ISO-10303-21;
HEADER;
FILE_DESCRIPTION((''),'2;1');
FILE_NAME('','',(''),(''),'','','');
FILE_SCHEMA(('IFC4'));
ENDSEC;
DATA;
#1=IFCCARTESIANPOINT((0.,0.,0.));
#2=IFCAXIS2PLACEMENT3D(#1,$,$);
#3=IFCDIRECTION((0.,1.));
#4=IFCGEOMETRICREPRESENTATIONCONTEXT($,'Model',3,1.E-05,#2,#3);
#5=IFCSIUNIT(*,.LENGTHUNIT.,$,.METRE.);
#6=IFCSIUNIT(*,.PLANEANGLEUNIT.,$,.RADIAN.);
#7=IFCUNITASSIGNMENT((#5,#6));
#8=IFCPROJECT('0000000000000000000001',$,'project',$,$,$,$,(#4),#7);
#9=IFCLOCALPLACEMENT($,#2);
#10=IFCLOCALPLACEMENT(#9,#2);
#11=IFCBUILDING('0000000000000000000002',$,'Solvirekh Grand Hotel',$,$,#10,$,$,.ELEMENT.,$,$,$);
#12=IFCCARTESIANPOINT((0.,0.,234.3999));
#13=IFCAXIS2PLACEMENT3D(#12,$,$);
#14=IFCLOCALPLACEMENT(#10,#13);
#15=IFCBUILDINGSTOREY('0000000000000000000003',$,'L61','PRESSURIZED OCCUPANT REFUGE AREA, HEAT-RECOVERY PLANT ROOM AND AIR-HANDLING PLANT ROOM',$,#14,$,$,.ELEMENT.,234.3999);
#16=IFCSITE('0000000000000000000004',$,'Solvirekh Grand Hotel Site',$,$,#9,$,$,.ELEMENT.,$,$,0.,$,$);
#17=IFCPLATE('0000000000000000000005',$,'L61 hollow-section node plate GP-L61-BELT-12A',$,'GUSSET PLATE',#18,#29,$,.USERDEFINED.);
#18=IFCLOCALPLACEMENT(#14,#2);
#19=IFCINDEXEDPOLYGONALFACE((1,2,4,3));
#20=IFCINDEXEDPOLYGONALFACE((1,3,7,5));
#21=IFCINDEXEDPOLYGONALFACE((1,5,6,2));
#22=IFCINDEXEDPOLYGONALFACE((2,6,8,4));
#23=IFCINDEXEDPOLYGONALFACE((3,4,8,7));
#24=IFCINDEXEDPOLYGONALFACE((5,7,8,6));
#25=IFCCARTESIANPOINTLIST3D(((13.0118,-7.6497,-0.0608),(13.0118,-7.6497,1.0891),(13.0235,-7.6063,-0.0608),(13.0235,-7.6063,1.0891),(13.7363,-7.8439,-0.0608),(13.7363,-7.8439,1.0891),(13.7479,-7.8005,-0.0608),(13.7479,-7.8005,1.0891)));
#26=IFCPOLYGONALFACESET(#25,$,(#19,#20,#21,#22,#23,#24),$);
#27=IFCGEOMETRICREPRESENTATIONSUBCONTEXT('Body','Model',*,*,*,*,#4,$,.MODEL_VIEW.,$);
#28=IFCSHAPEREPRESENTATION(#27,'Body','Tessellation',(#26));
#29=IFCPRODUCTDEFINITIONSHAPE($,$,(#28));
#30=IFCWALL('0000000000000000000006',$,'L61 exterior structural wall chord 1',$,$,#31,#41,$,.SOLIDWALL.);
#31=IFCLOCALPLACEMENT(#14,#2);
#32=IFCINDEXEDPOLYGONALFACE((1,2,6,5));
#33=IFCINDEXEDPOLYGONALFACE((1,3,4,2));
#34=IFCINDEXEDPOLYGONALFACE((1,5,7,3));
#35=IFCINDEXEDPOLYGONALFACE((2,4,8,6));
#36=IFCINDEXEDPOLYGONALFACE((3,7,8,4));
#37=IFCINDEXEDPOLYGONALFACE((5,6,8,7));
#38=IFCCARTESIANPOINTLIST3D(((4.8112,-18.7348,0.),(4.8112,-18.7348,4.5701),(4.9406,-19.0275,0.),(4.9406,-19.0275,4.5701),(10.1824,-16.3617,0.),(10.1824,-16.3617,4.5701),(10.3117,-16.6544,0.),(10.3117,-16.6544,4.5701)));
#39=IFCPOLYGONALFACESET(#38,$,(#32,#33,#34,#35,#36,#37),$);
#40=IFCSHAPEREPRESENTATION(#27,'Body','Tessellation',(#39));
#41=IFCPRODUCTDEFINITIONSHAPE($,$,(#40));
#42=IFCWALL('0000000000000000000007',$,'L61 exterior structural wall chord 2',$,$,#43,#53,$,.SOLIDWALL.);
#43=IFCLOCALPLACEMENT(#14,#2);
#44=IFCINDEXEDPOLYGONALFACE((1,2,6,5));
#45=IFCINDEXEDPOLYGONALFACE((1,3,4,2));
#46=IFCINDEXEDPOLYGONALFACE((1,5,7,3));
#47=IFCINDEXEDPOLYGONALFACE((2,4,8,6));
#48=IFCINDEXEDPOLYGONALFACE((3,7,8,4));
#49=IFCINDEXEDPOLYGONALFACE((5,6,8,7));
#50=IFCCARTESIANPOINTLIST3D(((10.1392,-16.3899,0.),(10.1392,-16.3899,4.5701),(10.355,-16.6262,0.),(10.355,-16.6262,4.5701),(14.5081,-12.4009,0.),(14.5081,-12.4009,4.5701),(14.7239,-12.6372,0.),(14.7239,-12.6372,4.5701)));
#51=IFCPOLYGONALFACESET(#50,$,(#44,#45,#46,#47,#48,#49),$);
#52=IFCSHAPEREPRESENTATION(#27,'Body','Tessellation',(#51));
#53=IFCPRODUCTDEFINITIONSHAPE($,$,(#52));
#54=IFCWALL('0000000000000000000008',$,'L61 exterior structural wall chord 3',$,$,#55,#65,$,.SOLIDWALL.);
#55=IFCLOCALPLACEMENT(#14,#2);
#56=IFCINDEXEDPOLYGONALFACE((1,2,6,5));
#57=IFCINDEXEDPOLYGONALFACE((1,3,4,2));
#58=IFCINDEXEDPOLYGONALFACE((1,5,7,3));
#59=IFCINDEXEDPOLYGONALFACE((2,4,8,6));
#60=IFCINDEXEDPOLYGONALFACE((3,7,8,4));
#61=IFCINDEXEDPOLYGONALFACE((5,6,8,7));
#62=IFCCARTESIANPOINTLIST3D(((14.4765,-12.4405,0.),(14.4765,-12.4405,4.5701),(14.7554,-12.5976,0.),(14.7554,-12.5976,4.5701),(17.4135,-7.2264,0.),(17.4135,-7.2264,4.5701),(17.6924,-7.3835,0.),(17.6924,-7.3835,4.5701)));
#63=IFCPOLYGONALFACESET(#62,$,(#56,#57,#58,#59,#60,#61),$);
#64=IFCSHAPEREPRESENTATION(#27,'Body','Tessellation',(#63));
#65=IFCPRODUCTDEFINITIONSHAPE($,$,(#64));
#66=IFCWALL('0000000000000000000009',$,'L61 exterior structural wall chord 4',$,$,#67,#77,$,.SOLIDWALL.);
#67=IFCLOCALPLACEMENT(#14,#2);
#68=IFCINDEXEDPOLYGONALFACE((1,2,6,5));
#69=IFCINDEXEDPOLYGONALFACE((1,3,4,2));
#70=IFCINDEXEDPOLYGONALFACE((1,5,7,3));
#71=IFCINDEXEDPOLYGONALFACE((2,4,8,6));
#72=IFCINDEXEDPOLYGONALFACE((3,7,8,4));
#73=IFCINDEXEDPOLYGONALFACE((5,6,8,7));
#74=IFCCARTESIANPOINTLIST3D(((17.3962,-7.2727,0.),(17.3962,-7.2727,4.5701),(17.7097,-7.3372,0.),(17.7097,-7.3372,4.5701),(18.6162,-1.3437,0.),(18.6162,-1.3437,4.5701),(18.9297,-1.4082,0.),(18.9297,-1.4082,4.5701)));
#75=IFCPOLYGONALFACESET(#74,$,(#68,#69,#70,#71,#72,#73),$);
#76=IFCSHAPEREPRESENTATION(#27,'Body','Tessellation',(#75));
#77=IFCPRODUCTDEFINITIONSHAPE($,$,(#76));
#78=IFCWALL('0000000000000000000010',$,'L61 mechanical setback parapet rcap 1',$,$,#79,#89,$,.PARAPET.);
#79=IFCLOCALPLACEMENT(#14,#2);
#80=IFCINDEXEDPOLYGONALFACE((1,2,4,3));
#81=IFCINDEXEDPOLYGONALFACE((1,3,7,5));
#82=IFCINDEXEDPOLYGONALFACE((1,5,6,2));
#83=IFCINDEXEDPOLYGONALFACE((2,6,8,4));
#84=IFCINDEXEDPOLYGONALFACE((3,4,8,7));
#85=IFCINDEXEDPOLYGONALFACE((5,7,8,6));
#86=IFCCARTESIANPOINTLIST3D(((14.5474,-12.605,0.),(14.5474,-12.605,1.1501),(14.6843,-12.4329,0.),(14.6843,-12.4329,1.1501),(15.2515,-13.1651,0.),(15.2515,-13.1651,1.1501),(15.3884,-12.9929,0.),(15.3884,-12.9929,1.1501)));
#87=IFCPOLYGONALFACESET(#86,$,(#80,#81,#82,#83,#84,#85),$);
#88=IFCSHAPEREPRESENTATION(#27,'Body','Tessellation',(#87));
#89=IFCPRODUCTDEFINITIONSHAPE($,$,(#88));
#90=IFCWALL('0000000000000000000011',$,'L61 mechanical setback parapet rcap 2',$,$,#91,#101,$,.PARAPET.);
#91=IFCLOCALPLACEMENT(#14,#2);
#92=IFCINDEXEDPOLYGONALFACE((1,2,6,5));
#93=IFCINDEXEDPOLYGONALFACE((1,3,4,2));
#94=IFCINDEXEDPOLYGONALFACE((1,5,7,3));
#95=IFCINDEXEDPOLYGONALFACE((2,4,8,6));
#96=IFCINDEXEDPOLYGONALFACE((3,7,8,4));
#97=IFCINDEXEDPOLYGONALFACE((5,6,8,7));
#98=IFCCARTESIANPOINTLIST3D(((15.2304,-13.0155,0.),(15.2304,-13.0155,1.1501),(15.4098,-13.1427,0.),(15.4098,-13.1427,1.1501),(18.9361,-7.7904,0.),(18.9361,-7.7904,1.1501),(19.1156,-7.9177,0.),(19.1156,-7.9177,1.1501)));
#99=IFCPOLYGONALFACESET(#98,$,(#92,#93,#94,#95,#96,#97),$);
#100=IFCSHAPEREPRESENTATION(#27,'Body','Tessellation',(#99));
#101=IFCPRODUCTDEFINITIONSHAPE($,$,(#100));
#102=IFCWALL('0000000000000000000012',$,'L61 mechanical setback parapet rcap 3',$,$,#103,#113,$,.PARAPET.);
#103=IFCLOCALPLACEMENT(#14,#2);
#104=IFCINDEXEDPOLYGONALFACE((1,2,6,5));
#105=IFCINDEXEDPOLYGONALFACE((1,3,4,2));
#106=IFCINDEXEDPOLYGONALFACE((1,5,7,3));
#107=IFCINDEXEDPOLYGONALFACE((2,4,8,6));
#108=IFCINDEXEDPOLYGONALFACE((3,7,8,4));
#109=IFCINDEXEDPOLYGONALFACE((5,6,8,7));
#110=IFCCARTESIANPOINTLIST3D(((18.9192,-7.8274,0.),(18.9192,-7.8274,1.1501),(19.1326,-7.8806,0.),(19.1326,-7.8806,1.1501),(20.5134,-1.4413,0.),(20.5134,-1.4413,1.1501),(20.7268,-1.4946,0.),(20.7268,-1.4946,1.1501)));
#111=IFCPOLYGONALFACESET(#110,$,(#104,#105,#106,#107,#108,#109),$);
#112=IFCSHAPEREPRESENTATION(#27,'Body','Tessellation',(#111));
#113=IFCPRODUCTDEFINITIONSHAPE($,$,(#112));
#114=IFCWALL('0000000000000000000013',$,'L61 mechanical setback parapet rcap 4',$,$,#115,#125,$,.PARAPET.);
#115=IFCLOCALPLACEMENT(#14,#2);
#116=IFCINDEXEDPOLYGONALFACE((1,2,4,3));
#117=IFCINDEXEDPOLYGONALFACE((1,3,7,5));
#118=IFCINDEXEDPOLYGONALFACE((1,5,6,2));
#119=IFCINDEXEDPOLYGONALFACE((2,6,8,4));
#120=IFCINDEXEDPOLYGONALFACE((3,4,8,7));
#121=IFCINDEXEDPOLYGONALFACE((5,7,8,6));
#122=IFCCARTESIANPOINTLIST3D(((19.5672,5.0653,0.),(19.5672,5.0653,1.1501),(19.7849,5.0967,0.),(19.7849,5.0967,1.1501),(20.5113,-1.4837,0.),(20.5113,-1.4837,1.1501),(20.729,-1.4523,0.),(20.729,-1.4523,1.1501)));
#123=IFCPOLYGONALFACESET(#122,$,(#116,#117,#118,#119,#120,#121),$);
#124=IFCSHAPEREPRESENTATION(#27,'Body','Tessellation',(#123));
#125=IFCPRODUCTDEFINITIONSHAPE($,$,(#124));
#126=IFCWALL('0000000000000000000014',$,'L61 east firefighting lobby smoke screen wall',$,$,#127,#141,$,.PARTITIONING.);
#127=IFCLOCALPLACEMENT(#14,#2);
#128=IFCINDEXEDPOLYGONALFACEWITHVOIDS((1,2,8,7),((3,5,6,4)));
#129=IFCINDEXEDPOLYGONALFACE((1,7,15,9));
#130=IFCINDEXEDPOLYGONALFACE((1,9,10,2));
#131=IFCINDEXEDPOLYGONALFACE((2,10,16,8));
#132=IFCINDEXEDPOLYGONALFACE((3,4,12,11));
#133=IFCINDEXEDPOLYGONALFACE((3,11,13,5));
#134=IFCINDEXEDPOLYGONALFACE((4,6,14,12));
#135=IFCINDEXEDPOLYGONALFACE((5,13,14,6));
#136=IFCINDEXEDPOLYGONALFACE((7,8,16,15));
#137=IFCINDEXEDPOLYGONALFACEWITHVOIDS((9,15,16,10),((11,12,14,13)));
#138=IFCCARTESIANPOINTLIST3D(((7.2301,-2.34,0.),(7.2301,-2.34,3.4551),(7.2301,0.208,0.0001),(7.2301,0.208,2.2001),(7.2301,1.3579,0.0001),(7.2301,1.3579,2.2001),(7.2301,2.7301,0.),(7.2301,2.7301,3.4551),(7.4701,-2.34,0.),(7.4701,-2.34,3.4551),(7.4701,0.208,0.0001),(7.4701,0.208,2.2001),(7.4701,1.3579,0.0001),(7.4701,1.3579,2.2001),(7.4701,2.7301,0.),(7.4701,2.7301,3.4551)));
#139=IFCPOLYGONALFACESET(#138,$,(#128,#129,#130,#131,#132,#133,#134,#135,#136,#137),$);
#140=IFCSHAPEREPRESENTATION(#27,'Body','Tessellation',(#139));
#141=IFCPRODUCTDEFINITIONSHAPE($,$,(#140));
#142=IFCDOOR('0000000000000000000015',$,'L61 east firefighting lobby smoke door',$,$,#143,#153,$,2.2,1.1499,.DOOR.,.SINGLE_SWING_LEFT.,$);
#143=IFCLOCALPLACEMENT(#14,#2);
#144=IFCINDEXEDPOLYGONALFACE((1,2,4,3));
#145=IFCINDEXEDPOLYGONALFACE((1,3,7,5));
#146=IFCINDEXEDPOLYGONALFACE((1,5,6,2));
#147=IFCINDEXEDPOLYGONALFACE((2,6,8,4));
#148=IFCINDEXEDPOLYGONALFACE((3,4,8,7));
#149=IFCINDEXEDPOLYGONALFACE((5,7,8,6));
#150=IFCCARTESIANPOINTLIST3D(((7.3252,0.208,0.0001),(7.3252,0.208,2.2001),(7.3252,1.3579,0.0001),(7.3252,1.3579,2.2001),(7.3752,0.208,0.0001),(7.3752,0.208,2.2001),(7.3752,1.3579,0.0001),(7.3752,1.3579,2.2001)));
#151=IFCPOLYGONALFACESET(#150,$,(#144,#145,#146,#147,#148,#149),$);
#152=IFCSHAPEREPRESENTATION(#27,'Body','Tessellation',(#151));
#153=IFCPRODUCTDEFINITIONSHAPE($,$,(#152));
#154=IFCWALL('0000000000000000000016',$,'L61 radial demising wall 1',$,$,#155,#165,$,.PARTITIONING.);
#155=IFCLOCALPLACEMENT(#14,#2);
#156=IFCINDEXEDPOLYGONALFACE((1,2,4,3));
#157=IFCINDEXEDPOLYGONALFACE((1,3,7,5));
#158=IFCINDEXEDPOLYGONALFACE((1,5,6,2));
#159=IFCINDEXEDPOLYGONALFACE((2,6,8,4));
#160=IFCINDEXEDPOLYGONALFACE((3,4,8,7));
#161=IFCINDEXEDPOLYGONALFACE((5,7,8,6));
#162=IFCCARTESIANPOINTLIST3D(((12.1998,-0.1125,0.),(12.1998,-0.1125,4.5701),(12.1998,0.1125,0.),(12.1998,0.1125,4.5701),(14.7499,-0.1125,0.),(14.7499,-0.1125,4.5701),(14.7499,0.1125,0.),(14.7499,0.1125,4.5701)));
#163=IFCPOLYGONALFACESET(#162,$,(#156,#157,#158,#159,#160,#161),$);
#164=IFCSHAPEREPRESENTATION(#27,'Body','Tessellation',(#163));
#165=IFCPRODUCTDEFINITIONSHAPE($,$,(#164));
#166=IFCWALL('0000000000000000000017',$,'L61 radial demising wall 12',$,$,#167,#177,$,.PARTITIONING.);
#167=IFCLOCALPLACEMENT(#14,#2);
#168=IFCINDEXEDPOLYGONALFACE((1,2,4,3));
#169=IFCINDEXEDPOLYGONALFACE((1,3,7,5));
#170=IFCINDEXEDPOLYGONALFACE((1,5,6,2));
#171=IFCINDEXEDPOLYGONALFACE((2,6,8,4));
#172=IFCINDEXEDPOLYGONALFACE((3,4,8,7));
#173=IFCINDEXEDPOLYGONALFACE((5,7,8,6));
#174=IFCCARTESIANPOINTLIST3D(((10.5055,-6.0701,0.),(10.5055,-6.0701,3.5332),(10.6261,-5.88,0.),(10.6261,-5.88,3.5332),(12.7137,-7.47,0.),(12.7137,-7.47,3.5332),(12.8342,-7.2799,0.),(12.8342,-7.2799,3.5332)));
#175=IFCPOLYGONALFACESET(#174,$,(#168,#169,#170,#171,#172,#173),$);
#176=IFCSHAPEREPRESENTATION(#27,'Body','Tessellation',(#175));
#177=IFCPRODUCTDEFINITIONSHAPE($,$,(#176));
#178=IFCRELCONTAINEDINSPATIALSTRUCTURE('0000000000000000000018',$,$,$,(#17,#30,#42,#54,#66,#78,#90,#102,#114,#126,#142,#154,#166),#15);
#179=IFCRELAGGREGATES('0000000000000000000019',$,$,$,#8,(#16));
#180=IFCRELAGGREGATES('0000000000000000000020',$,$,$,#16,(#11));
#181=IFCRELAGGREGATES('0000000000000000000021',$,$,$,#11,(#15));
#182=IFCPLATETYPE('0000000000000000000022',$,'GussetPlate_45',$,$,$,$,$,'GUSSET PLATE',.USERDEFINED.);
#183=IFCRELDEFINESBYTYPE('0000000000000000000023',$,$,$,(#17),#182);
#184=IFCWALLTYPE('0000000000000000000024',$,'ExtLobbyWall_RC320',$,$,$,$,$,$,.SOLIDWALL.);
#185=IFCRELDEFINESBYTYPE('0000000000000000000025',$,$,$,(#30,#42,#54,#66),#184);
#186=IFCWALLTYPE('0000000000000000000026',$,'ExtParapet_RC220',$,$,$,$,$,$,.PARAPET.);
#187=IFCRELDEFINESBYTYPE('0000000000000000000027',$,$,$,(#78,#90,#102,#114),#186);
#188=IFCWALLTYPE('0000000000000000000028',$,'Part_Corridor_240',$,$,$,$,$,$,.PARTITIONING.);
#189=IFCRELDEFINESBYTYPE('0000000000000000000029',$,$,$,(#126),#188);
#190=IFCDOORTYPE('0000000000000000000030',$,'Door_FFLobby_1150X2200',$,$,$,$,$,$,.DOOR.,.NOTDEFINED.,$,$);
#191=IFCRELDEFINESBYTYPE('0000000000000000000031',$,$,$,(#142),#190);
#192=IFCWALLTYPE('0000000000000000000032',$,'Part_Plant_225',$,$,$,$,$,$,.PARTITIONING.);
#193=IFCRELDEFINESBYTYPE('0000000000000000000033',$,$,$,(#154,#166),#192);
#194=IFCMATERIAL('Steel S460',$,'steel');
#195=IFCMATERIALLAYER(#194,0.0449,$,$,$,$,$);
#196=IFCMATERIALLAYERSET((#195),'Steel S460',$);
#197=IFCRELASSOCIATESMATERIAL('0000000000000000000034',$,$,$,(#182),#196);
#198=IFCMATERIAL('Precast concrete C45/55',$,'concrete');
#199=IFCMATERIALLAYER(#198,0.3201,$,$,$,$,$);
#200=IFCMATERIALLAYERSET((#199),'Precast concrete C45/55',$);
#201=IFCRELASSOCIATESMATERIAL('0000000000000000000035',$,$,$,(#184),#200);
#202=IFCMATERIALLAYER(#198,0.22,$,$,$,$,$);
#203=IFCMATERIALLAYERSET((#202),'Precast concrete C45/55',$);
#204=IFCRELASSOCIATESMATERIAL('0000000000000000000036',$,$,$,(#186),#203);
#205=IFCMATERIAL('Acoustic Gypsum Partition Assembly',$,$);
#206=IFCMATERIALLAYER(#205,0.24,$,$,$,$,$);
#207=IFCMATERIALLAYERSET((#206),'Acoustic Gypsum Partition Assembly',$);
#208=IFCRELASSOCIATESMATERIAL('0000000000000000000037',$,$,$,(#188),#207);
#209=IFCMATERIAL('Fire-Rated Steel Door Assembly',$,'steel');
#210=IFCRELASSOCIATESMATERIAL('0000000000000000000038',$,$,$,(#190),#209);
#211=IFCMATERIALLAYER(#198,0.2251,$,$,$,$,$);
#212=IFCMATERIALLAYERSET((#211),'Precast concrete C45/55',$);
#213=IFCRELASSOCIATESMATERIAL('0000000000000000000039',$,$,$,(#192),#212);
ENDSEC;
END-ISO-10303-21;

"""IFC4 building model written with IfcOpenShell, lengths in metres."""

from ifc_helpers import new_model, si_unit, direction, frame, frame_2d, origin, origin_2d, place, context, subcontext, project, spatial, rectangle, extrude, material, layer, layer_set, type_object, element, fill, save


model = new_model("IFC4")

# Units and contexts
model_context = context("Model", 3, precision=1e-05, world=origin(), true_north=direction((0.0, 1.0)))
body_context = subcontext(model_context, "Body", "Model", "MODEL_VIEW")
ifc_project = project(units=[si_unit("LENGTHUNIT", "METRE"), si_unit("PLANEANGLEUNIT", "RADIAN")], contexts=[model_context])

# Site, building, storey
site_placement = place(None, origin())
site = spatial("IfcSite", under=ifc_project, at=site_placement, Name="Solvirekh Grand Hotel Site", CompositionType="ELEMENT", RefElevation=0.0)
building_placement = place(site_placement, origin())
building = spatial("IfcBuilding", under=site, at=building_placement, Name="Solvirekh Grand Hotel", CompositionType="ELEMENT")
storey_placement = place(building_placement, frame((0.0, 0.0, 234.3999)))
storey = spatial("IfcBuildingStorey", under=building, at=storey_placement, Name="L61", Description="PRESSURIZED OCCUPANT REFUGE AREA, HEAT-RECOVERY PLANT ROOM AND AIR-HANDLING PLANT ROOM", CompositionType="ELEMENT", Elevation=234.3999)

# Plate
ifc_material_1 = material(Name="Steel S460", Category="steel")
ifc_layer_1 = layer(ifc_material_1, 0.0449)
ifc_layer_set_1 = layer_set([ifc_layer_1], Name="Steel S460")
plate_type = type_object("IfcPlateType", Name="GussetPlate_45", ElementType="GUSSET PLATE", PredefinedType="USERDEFINED", material=ifc_layer_set_1)
for number, where, z_axis, x_axis, name in (
    (1, (13.3799, -7.7251, -0.0608), (0.0, 0.0, 1.0), (0.258819, 0.965926, 0.0), "L61 hollow-section node plate GP-L61-BELT-12A"),
):
    element("IfcPlate", number, at=place(storey_placement, frame(where, z_axis=z_axis, x_axis=x_axis)), inside=storey, type_object=plate_type, Name=name, ObjectType="GUSSET PLATE", PredefinedType="USERDEFINED", context=body_context, shape_type="SweptSolid", body=[
        extrude(rectangle(XDim=0.0449, YDim=0.75, at=origin_2d()), origin(), (0.0, 0.0, 1.0), 1.1499),
    ])

# Walls
ifc_material_2 = material(Name="Precast concrete C45/55", Category="concrete")
ifc_layer_2 = layer(ifc_material_2, 0.3201)
ifc_layer_set_2 = layer_set([ifc_layer_2], Name="Precast concrete C45/55")
wall_type_1 = type_object("IfcWallType", Name="ExtLobbyWall_RC320", PredefinedType="SOLIDWALL", material=ifc_layer_set_2)
wall_1_placement = place(storey_placement, frame((10.2471, -16.5081, 0.0), z_axis=(0.0, 0.0, 1.0), x_axis=(-0.914701, -0.404131, 0.0)))
element("IfcWall", 2, at=wall_1_placement, inside=storey, type_object=wall_type_1, Name="L61 exterior structural wall chord 1", PredefinedType="SOLIDWALL", context=body_context, shape_type="SweptSolid", body=[
    extrude(rectangle(XDim=5.8721, YDim=0.3201, at=frame_2d((2.936, 0.0))), origin(), (0.0, 0.0, 1.0), 4.5701),
])
wall_2_placement = place(storey_placement, frame((14.616, -12.519, 0.0), z_axis=(0.0, 0.0, 1.0), x_axis=(-0.738484, -0.674271, 0.0)))
element("IfcWall", 3, at=wall_2_placement, inside=storey, type_object=wall_type_1, Name="L61 exterior structural wall chord 2", PredefinedType="SOLIDWALL", context=body_context, shape_type="SweptSolid", body=[
    extrude(rectangle(XDim=5.916, YDim=0.3201, at=frame_2d((2.958, 0.0))), origin(), (0.0, 0.0, 1.0), 4.5701),
])
wall_3_placement = place(storey_placement, frame((17.553, -7.3049, 0.0), z_axis=(0.0, 0.0, 1.0), x_axis=(-0.490778, -0.871284, 0.0)))
element("IfcWall", 4, at=wall_3_placement, inside=storey, type_object=wall_type_1, Name="L61 exterior structural wall chord 3", PredefinedType="SOLIDWALL", context=body_context, shape_type="SweptSolid", body=[
    extrude(rectangle(XDim=5.9844, YDim=0.3201, at=frame_2d((2.9922, 0.0))), origin(), (0.0, 0.0, 1.0), 4.5701),
])
wall_4_placement = place(storey_placement, frame((18.7729, -1.376, 0.0), z_axis=(0.0, 0.0, 1.0), x_axis=(-0.201543, -0.97948, 0.0)))
element("IfcWall", 5, at=wall_4_placement, inside=storey, type_object=wall_type_1, Name="L61 exterior structural wall chord 4", PredefinedType="SOLIDWALL", context=body_context, shape_type="SweptSolid", body=[
    extrude(rectangle(XDim=6.0532, YDim=0.3201, at=frame_2d((3.0266, 0.0))), origin(), (0.0, 0.0, 1.0), 4.5701),
])
ifc_layer_3 = layer(ifc_material_2, 0.22)
ifc_layer_set_3 = layer_set([ifc_layer_3], Name="Precast concrete C45/55")
wall_type_2 = type_object("IfcWallType", Name="ExtParapet_RC220", PredefinedType="PARAPET", material=ifc_layer_set_3)
wall_5_placement = place(storey_placement, frame((14.616, -12.519, 0.0), z_axis=(0.0, 0.0, 1.0), x_axis=(0.782613, -0.622508, 0.0)))
element("IfcWall", 6, at=wall_5_placement, inside=storey, type_object=wall_type_2, Name="L61 mechanical setback parapet rcap 1", PredefinedType="PARAPET", context=body_context, shape_type="SweptSolid", body=[
    extrude(rectangle(XDim=0.8997, YDim=0.22, at=frame_2d((0.4497, 0.0))), origin(), (0.0, 0.0, 1.0), 1.1501),
])
wall_6_placement = place(storey_placement, frame((15.3201, -13.0791, 0.0), z_axis=(0.0, 0.0, 1.0), x_axis=(0.578506, 0.815678, 0.0)))
element("IfcWall", 7, at=wall_6_placement, inside=storey, type_object=wall_type_2, Name="L61 mechanical setback parapet rcap 2", PredefinedType="PARAPET", context=body_context, shape_type="SweptSolid", body=[
    extrude(rectangle(XDim=6.4058, YDim=0.22, at=frame_2d((3.2029, 0.0))), origin(), (0.0, 0.0, 1.0), 1.1501),
])
wall_7_placement = place(storey_placement, frame((19.0259, -7.854, 0.0), z_axis=(0.0, 0.0, 1.0), x_axis=(0.242213, 0.970223, 0.0)))
element("IfcWall", 8, at=wall_7_placement, inside=storey, type_object=wall_type_2, Name="L61 mechanical setback parapet rcap 3", PredefinedType="PARAPET", context=body_context, shape_type="SweptSolid", body=[
    extrude(rectangle(XDim=6.582, YDim=0.22, at=frame_2d((3.291, 0.0))), origin(), (0.0, 0.0, 1.0), 1.1501),
])
wall_8_placement = place(storey_placement, frame((20.6201, -1.468, 0.0), z_axis=(0.0, 0.0, 1.0), x_axis=(-0.142682, 0.989769, 0.0)))
element("IfcWall", 9, at=wall_8_placement, inside=storey, type_object=wall_type_2, Name="L61 mechanical setback parapet rcap 4", PredefinedType="PARAPET", context=body_context, shape_type="SweptSolid", body=[
    extrude(rectangle(XDim=6.6167, YDim=0.22, at=frame_2d((3.3083, 0.0))), origin(), (0.0, 0.0, 1.0), 1.1501),
])

# Wall, opening, door
ifc_material_3 = material(Name="Acoustic Gypsum Partition Assembly")
ifc_layer_4 = layer(ifc_material_3, 0.24)
ifc_layer_set_4 = layer_set([ifc_layer_4], Name="Acoustic Gypsum Partition Assembly")
wall_type_3 = type_object("IfcWallType", Name="Part_Corridor_240", PredefinedType="PARTITIONING", material=ifc_layer_set_4)
wall_9_placement = place(storey_placement, frame((7.3501, -2.3401, 0.0), z_axis=(0.0, 0.0, 1.0), x_axis=(0.0, 1.0, 0.0)))
wall_9 = element("IfcWall", 10, at=wall_9_placement, inside=storey, type_object=wall_type_3, Name="L61 east firefighting lobby smoke screen wall", PredefinedType="PARTITIONING", context=body_context, shape_type="SweptSolid", body=[
    extrude(rectangle(XDim=5.0701, YDim=0.24, at=frame_2d((2.5352, 0.0))), origin(), (0.0, 0.0, 1.0), 3.4551),
])
opening_1_placement = place(wall_9_placement, frame((2.5481, 0.0, 0.0)))
opening_1 = element("IfcOpeningElement", 11, at=opening_1_placement, cuts=wall_9, PredefinedType="OPENING", context=body_context, shape_type="SweptSolid", body=[
    extrude(rectangle(XDim=1.1499, YDim=2.2, at=frame_2d((0.575, 1.1001))), frame((0.0, 0.1299, 0.0), z_axis=(0.0, -1.0, 0.0), x_axis=(1.0, 0.0, 0.0)), (0.0, 0.0, 1.0), 0.26),
])
ifc_material_4 = material(Name="Fire-Rated Steel Door Assembly", Category="steel")
door_type_1 = type_object("IfcDoorType", Name="Door_FFLobby_1150X2200", OperationType="NOTDEFINED", PredefinedType="DOOR", material=ifc_material_4)
door_1_placement = place(opening_1_placement, origin())
door_1 = element("IfcDoor", 12, at=door_1_placement, inside=storey, type_object=door_type_1, Name="L61 east firefighting lobby smoke door", OperationType="SINGLE_SWING_LEFT", OverallHeight=2.2, OverallWidth=1.1499, PredefinedType="DOOR", context=body_context, shape_type="SweptSolid", body=[
    extrude(rectangle(XDim=1.1499, YDim=2.2, at=frame_2d((0.575, 1.1001))), frame((0.0, 0.0249, 0.0), z_axis=(0.0, -1.0, 0.0), x_axis=(1.0, 0.0, 0.0)), (0.0, 0.0, 1.0), 0.05),
])
fill(opening_1, door_1)

# Walls
ifc_layer_5 = layer(ifc_material_2, 0.2251)
ifc_layer_set_5 = layer_set([ifc_layer_5], Name="Precast concrete C45/55")
wall_type_4 = type_object("IfcWallType", Name="Part_Plant_225", PredefinedType="PARTITIONING", material=ifc_layer_set_5)
wall_10_placement = place(storey_placement, frame((12.2, 0.0, 0.0), z_axis=(0.0, 0.0, 1.0), x_axis=(1.0, 0.0, 0.0)))
element("IfcWall", 13, at=wall_10_placement, inside=storey, type_object=wall_type_4, Name="L61 radial demising wall 1", PredefinedType="PARTITIONING", context=body_context, shape_type="SweptSolid", body=[
    extrude(rectangle(XDim=2.55, YDim=0.2251, at=frame_2d((1.2749, 0.0))), origin(), (0.0, 0.0, 1.0), 4.5701),
])
wall_11_placement = place(storey_placement, frame((10.5659, -5.9751, 0.0), z_axis=(0.0, 0.0, 1.0), x_axis=(0.84456, -0.535461, 0.0)))
element("IfcWall", 14, at=wall_11_placement, inside=storey, type_object=wall_type_4, Name="L61 radial demising wall 12", PredefinedType="PARTITIONING", context=body_context, shape_type="SweptSolid", body=[
    extrude(rectangle(XDim=2.6145, YDim=0.2251, at=frame_2d((1.3071, 0.0))), origin(), (0.0, 0.0, 1.0), 3.5332),
])

save(model, "model.ifc")
